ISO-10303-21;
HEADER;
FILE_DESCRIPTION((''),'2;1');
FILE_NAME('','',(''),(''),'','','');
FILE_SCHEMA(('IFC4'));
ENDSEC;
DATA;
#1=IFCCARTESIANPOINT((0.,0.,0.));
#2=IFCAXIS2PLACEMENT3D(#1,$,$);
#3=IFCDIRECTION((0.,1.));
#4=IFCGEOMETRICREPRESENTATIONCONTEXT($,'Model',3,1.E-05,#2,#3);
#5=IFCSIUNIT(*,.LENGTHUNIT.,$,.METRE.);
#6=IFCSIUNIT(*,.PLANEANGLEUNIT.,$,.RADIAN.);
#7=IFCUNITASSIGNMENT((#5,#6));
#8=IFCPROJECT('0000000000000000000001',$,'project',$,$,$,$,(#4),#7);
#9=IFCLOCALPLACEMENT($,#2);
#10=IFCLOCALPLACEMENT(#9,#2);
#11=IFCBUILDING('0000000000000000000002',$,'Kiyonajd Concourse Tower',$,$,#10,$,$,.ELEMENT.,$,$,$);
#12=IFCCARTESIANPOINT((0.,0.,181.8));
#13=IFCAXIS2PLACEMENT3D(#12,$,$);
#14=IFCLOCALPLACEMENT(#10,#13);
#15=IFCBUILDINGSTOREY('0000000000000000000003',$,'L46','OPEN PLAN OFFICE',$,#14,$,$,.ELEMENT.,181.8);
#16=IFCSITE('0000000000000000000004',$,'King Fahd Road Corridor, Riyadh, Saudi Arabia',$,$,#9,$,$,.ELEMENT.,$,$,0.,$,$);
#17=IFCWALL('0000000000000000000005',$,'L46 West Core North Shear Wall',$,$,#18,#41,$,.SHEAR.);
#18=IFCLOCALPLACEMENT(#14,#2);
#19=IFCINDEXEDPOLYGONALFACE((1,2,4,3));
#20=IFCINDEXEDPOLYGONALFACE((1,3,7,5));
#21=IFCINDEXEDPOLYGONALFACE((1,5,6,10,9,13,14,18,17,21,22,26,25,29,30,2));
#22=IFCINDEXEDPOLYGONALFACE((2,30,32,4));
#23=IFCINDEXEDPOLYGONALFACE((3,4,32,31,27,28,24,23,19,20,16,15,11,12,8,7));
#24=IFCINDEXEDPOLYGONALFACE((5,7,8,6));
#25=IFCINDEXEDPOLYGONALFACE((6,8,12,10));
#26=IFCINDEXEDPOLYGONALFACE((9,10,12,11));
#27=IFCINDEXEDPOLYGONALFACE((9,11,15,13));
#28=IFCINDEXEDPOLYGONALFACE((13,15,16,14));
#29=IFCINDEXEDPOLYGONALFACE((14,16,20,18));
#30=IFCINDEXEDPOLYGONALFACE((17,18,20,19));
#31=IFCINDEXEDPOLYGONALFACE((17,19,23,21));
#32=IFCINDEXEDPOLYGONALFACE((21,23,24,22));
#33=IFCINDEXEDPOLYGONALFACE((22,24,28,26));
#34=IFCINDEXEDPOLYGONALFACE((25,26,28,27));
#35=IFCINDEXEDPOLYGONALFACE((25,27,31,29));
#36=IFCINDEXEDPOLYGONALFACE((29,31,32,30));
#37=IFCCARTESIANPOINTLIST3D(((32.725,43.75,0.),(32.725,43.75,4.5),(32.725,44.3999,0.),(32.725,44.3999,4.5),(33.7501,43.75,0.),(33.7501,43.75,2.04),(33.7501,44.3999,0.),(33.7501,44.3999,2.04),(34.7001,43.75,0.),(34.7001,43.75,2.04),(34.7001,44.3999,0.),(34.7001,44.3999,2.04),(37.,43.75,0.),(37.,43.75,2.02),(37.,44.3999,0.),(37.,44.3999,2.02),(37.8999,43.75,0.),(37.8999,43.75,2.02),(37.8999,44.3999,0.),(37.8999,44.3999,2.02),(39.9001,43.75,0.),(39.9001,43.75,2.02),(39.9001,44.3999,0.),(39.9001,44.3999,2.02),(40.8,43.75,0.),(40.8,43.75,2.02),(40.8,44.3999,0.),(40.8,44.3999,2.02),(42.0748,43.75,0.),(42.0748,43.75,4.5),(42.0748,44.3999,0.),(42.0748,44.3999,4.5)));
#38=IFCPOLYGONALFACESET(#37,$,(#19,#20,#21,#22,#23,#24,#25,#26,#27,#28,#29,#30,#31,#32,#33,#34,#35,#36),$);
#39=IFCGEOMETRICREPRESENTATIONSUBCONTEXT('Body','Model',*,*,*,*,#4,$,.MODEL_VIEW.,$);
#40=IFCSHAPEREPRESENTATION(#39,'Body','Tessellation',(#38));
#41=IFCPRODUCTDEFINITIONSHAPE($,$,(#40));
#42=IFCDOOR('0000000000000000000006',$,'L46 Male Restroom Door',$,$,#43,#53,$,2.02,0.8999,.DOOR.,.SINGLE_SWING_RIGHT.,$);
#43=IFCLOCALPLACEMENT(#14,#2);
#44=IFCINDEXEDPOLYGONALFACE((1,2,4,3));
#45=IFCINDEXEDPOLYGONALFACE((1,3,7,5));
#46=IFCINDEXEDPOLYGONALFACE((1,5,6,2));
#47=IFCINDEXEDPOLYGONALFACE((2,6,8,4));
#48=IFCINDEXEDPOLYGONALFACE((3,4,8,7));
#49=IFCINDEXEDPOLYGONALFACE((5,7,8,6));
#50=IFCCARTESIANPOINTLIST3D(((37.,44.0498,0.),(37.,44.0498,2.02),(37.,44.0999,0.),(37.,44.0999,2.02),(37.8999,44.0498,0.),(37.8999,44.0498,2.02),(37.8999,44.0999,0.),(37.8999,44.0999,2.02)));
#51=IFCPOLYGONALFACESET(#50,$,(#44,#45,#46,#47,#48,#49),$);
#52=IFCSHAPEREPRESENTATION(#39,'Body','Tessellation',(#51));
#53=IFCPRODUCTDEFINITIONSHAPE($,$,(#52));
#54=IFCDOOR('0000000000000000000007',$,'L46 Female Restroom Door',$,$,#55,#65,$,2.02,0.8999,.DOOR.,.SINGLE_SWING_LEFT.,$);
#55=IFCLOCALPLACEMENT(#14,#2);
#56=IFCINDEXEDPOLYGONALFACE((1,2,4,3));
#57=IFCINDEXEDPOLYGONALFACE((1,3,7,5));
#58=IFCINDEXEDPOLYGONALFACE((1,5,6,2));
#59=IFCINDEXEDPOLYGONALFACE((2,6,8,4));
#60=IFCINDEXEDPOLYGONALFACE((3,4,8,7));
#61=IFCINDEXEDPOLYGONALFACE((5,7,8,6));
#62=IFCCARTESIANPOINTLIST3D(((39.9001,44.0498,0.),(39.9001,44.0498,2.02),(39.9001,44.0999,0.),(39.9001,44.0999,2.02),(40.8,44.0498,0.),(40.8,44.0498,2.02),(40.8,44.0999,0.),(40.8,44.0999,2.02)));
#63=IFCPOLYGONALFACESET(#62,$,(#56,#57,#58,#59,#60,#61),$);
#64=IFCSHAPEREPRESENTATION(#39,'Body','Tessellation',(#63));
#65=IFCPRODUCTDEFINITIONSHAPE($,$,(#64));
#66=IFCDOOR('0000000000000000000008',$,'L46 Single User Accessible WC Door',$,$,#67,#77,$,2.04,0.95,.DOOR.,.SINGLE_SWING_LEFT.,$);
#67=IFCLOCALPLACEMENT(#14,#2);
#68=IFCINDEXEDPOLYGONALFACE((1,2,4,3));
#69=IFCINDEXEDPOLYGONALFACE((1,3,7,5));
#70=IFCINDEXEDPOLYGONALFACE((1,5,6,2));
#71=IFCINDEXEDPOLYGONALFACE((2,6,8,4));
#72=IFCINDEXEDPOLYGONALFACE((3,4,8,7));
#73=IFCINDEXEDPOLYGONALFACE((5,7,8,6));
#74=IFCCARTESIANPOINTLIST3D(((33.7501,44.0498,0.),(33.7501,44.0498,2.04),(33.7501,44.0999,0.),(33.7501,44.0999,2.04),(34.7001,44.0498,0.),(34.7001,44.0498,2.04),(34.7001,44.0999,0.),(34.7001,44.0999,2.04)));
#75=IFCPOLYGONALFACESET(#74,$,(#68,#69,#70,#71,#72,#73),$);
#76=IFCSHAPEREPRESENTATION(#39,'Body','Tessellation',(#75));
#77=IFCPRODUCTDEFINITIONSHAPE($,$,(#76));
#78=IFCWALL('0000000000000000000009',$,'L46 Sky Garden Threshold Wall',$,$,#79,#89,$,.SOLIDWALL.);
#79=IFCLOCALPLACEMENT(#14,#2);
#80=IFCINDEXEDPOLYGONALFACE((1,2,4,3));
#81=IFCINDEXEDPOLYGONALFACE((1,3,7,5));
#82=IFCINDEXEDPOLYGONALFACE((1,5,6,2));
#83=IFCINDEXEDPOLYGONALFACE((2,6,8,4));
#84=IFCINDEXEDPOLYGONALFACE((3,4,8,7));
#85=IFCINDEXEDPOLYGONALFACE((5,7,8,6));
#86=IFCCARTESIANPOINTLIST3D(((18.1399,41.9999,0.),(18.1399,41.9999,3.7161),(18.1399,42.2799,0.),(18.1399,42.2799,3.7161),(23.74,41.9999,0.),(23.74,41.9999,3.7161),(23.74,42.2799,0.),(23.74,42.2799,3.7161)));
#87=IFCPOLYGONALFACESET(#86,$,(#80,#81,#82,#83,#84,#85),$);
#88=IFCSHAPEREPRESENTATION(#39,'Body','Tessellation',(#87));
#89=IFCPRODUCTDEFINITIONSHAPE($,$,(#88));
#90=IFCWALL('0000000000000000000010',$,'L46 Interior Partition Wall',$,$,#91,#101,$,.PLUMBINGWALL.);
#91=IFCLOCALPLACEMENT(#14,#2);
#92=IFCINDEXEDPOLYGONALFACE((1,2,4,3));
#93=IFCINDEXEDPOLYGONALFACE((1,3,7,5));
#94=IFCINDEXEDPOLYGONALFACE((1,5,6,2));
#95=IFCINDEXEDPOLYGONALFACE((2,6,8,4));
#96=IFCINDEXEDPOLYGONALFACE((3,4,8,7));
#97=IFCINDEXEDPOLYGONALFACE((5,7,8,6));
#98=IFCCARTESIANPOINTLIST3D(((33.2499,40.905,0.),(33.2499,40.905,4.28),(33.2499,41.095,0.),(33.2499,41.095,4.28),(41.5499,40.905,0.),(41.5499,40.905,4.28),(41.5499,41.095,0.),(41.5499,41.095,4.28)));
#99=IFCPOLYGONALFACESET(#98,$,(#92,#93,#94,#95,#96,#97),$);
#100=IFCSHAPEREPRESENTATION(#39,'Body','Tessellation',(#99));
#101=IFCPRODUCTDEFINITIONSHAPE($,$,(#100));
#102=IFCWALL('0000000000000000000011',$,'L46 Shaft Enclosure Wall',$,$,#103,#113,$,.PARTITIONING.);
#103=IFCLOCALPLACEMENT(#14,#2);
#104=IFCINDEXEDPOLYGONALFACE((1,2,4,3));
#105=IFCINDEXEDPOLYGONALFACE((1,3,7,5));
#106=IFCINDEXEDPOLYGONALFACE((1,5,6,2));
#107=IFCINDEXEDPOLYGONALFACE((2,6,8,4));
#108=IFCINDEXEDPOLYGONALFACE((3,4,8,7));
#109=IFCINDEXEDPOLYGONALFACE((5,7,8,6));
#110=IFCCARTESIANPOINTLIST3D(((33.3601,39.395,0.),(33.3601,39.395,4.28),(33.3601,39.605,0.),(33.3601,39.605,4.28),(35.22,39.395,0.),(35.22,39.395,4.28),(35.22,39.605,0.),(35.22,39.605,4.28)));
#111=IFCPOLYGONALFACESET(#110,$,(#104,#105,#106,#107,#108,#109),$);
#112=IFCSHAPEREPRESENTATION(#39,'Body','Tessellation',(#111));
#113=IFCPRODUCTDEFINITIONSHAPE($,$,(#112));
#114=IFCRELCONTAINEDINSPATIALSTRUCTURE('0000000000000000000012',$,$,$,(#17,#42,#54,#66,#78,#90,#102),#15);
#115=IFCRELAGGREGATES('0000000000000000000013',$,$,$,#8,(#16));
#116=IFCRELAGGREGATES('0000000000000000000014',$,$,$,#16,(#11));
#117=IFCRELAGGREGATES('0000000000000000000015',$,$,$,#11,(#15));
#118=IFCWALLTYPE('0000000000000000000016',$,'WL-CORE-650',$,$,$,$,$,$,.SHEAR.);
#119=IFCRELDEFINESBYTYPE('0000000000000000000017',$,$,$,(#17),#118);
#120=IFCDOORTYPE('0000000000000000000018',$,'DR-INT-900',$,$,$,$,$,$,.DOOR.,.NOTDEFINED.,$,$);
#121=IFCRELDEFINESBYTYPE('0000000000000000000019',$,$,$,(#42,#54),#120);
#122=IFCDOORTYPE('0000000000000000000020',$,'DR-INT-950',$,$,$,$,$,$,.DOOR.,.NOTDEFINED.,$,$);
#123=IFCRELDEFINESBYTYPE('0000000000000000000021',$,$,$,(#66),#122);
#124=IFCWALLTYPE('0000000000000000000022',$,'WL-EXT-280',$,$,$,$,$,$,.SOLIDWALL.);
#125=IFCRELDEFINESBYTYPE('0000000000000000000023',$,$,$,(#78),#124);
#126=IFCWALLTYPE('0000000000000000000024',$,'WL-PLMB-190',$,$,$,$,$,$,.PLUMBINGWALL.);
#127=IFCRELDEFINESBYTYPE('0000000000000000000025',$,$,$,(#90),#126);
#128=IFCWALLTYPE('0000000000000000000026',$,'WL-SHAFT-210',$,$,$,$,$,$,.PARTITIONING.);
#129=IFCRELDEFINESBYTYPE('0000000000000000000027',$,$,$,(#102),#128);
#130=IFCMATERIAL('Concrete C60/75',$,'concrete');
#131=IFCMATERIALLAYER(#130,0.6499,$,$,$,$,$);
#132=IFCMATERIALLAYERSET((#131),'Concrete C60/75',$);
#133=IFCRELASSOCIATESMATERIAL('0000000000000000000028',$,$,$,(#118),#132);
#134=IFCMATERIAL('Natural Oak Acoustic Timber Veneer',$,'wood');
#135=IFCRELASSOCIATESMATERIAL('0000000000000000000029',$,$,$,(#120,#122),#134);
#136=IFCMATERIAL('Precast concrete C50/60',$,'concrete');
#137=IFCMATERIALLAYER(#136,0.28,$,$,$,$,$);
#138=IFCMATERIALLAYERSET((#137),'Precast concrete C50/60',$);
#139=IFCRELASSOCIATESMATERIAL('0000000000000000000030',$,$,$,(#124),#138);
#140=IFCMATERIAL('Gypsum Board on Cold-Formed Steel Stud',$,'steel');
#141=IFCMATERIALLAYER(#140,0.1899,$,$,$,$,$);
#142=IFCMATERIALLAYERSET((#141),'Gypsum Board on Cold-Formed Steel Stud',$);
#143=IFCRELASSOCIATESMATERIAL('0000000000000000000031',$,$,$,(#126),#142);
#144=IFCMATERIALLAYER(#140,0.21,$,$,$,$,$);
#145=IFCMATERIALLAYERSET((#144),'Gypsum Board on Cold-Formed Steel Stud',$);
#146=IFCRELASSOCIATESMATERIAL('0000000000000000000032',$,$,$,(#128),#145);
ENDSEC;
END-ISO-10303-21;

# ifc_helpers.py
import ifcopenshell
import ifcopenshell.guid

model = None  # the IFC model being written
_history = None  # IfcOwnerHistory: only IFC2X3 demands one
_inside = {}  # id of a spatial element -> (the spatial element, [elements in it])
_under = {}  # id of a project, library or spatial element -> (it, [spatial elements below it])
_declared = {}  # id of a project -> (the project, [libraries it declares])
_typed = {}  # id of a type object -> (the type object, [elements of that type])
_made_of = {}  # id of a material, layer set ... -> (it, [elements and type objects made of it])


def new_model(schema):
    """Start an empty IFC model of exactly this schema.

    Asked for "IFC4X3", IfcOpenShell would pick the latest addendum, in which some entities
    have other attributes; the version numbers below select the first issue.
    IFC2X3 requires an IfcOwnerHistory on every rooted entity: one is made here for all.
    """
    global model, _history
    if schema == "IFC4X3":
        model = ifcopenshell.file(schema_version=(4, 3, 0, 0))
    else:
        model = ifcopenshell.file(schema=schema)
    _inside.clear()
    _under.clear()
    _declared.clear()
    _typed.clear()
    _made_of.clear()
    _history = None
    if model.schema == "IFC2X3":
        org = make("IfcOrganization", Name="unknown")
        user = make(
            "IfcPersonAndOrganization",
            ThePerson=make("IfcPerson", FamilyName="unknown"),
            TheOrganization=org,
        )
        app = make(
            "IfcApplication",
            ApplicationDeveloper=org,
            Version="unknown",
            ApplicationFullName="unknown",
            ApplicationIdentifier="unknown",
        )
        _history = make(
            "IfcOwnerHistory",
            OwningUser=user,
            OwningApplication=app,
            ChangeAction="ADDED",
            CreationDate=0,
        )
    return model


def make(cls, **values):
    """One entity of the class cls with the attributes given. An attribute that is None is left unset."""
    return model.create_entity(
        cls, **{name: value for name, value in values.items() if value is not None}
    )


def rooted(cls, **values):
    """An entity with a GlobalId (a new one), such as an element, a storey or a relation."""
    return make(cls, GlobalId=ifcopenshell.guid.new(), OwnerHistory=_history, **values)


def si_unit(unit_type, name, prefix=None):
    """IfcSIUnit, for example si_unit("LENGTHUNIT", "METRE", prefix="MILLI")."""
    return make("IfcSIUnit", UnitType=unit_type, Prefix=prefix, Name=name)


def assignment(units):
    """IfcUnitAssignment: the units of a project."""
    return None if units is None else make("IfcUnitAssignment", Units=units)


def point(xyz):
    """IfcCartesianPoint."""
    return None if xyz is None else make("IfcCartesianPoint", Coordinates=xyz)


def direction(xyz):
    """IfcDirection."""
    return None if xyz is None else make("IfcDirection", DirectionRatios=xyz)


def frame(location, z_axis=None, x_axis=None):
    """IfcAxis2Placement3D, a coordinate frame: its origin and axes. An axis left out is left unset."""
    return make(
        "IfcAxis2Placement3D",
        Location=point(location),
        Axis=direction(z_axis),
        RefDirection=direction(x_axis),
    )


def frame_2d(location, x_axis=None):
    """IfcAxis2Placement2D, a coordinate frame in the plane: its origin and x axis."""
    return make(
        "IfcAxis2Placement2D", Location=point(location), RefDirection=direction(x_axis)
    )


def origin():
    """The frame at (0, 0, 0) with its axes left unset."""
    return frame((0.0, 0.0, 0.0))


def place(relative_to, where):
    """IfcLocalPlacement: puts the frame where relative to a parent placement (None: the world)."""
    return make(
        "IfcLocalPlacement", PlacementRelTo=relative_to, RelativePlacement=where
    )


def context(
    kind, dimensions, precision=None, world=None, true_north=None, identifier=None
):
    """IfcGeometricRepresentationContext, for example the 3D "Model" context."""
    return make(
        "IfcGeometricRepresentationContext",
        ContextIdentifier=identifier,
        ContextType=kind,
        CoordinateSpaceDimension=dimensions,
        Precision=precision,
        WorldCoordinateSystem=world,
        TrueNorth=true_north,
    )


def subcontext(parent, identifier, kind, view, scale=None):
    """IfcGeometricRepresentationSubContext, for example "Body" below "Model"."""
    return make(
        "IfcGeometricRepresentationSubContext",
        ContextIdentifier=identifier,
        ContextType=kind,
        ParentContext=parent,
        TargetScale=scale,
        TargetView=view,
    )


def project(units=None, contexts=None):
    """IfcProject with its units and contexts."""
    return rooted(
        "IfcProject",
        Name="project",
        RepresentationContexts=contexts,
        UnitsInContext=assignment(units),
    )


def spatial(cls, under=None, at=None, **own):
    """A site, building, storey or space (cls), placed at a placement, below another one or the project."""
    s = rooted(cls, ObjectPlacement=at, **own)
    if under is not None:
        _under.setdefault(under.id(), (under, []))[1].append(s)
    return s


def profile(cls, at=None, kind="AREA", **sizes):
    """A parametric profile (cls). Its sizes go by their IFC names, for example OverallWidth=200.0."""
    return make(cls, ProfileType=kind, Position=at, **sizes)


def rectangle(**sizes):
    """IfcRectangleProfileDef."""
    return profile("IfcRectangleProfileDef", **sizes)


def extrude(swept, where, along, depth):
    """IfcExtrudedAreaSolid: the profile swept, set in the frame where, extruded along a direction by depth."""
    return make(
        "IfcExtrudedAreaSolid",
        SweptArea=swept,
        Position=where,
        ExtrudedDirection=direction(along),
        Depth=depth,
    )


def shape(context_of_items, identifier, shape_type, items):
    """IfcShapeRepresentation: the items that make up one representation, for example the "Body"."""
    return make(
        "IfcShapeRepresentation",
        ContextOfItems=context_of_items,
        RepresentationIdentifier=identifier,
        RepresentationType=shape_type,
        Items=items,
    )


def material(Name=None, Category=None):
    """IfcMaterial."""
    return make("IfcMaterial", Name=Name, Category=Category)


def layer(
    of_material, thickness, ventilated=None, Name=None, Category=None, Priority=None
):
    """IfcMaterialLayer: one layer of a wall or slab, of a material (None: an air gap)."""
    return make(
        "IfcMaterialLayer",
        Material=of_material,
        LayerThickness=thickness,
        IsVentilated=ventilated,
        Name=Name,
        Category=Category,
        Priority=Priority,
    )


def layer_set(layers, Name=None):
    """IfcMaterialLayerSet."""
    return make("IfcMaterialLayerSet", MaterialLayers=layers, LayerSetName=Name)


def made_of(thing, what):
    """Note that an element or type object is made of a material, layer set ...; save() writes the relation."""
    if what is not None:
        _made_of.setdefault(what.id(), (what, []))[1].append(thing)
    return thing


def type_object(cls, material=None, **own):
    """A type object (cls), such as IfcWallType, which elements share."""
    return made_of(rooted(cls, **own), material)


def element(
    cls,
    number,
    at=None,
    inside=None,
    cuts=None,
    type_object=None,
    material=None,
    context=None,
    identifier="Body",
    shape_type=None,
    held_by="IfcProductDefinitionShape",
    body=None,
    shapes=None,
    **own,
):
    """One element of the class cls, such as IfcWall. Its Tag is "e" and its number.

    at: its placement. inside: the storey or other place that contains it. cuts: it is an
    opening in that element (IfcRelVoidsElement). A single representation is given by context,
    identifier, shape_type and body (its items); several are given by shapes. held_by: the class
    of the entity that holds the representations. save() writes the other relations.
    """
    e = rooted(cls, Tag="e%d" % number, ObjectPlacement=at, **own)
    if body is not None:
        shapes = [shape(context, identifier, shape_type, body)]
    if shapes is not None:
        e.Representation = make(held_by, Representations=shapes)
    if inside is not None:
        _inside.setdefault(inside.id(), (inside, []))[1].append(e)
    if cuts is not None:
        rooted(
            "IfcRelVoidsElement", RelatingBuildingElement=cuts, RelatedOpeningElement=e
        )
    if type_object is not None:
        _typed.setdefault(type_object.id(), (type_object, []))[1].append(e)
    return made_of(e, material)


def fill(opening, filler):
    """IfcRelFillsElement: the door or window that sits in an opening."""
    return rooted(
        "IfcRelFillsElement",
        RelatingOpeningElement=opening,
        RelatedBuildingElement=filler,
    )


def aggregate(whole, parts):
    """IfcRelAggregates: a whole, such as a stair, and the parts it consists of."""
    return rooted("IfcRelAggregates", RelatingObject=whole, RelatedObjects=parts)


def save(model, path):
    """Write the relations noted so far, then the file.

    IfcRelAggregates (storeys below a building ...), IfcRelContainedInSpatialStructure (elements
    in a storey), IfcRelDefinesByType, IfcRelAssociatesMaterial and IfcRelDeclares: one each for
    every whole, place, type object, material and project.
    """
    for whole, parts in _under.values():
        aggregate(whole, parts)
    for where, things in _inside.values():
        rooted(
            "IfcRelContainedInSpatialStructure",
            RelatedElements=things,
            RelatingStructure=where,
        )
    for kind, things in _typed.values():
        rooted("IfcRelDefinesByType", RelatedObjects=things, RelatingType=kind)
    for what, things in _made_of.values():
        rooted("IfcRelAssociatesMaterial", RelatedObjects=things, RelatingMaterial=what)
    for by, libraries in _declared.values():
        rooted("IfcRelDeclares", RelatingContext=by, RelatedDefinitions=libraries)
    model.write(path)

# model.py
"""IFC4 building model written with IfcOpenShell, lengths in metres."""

from ifc_helpers import new_model, si_unit, direction, frame, frame_2d, origin, place, context, subcontext, project, spatial, rectangle, extrude, material, layer, layer_set, type_object, element, fill, save


model = new_model("IFC4")

# Units and contexts
model_context = context("Model", 3, precision=1e-05, world=origin(), true_north=direction((0.0, 1.0)))
body_context = subcontext(model_context, "Body", "Model", "MODEL_VIEW")
ifc_project = project(units=[si_unit("LENGTHUNIT", "METRE"), si_unit("PLANEANGLEUNIT", "RADIAN")], contexts=[model_context])

# Site, building, storey
site_placement = place(None, origin())
site = spatial("IfcSite", under=ifc_project, at=site_placement, Name="King Fahd Road Corridor, Riyadh, Saudi Arabia", CompositionType="ELEMENT", RefElevation=0.0)
building_placement = place(site_placement, origin())
building = spatial("IfcBuilding", under=site, at=building_placement, Name="Kiyonajd Concourse Tower", CompositionType="ELEMENT")
storey_placement = place(building_placement, frame((0.0, 0.0, 181.8)))
storey = spatial("IfcBuildingStorey", under=building, at=storey_placement, Name="L46", Description="OPEN PLAN OFFICE", CompositionType="ELEMENT", Elevation=181.8)

# Wall, openings, doors
ifc_material_1 = material(Name="Concrete C60/75", Category="concrete")
ifc_layer_1 = layer(ifc_material_1, 0.6499)
ifc_layer_set_1 = layer_set([ifc_layer_1], Name="Concrete C60/75")
wall_type_1 = type_object("IfcWallType", Name="WL-CORE-650", PredefinedType="SHEAR", material=ifc_layer_set_1)
wall_1_placement = place(storey_placement, frame((32.7251, 44.075, 0.0), z_axis=(0.0, 0.0, 1.0), x_axis=(1.0, 0.0, 0.0)))
wall_1 = element("IfcWall", 1, at=wall_1_placement, inside=storey, type_object=wall_type_1, Name="L46 West Core North Shear Wall", PredefinedType="SHEAR", context=body_context, shape_type="SweptSolid", body=[
    extrude(rectangle(XDim=9.3499, YDim=0.6499, at=frame_2d((4.6748, 0.0))), origin(), (0.0, 0.0, 1.0), 4.5),
])
opening_1_placement = place(wall_1_placement, frame((1.0249, 0.0, 0.0)))
opening_1 = element("IfcOpeningElement", 2, at=opening_1_placement, cuts=wall_1, PredefinedType="OPENING", context=body_context, shape_type="SweptSolid", body=[
    extrude(rectangle(XDim=0.95, YDim=2.04, at=frame_2d((0.4751, 1.02))), frame((0.0, 0.335, 0.0), z_axis=(0.0, -1.0, 0.0), x_axis=(1.0, 0.0, 0.0)), (0.0, 0.0, 1.0), 0.6699),
])
opening_2_placement = place(wall_1_placement, frame((4.2749, 0.0, 0.0)))
opening_2 = element("IfcOpeningElement", 3, at=opening_2_placement, cuts=wall_1, PredefinedType="OPENING", context=body_context, shape_type="SweptSolid", body=[
    extrude(rectangle(XDim=0.8999, YDim=2.02, at=frame_2d((0.45, 1.01))), frame((0.0, 0.335, 0.0), z_axis=(0.0, -1.0, 0.0), x_axis=(1.0, 0.0, 0.0)), (0.0, 0.0, 1.0), 0.6699),
])
opening_3_placement = place(wall_1_placement, frame((7.175, 0.0, 0.0)))
opening_3 = element("IfcOpeningElement", 4, at=opening_3_placement, cuts=wall_1, PredefinedType="OPENING", context=body_context, shape_type="SweptSolid", body=[
    extrude(rectangle(XDim=0.8999, YDim=2.02, at=frame_2d((0.45, 1.01))), frame((0.0, 0.335, 0.0), z_axis=(0.0, -1.0, 0.0), x_axis=(1.0, 0.0, 0.0)), (0.0, 0.0, 1.0), 0.6699),
])
ifc_material_2 = material(Name="Natural Oak Acoustic Timber Veneer", Category="wood")
door_type_1 = type_object("IfcDoorType", Name="DR-INT-900", OperationType="NOTDEFINED", PredefinedType="DOOR", material=ifc_material_2)
door_1_placement = place(opening_2_placement, origin())
door_1 = element("IfcDoor", 5, at=door_1_placement, inside=storey, type_object=door_type_1, Name="L46 Male Restroom Door", OperationType="SINGLE_SWING_RIGHT", OverallHeight=2.02, OverallWidth=0.8999, PredefinedType="DOOR", context=body_context, shape_type="SweptSolid", body=[
    extrude(rectangle(XDim=0.8999, YDim=2.02, at=frame_2d((0.45, 1.01))), frame((0.0, 0.0249, 0.0), z_axis=(0.0, -1.0, 0.0), x_axis=(1.0, 0.0, 0.0)), (0.0, 0.0, 1.0), 0.05),
])
fill(opening_2, door_1)
door_2_placement = place(opening_3_placement, origin())
door_2 = element("IfcDoor", 6, at=door_2_placement, inside=storey, type_object=door_type_1, Name="L46 Female Restroom Door", OperationType="SINGLE_SWING_LEFT", OverallHeight=2.02, OverallWidth=0.8999, PredefinedType="DOOR", context=body_context, shape_type="SweptSolid", body=[
    extrude(rectangle(XDim=0.8999, YDim=2.02, at=frame_2d((0.45, 1.01))), frame((0.0, 0.0249, 0.0), z_axis=(0.0, -1.0, 0.0), x_axis=(1.0, 0.0, 0.0)), (0.0, 0.0, 1.0), 0.05),
])
fill(opening_3, door_2)
door_type_2 = type_object("IfcDoorType", Name="DR-INT-950", OperationType="NOTDEFINED", PredefinedType="DOOR", material=ifc_material_2)
door_3_placement = place(opening_1_placement, origin())
door_3 = element("IfcDoor", 7, at=door_3_placement, inside=storey, type_object=door_type_2, Name="L46 Single User Accessible WC Door", OperationType="SINGLE_SWING_LEFT", OverallHeight=2.04, OverallWidth=0.95, PredefinedType="DOOR", context=body_context, shape_type="SweptSolid", body=[
    extrude(rectangle(XDim=0.95, YDim=2.04, at=frame_2d((0.4751, 1.02))), frame((0.0, 0.0249, 0.0), z_axis=(0.0, -1.0, 0.0), x_axis=(1.0, 0.0, 0.0)), (0.0, 0.0, 1.0), 0.05),
])
fill(opening_1, door_3)

# Walls
ifc_material_3 = material(Name="Precast concrete C50/60", Category="concrete")
ifc_layer_2 = layer(ifc_material_3, 0.28)
ifc_layer_set_2 = layer_set([ifc_layer_2], Name="Precast concrete C50/60")
wall_type_2 = type_object("IfcWallType", Name="WL-EXT-280", PredefinedType="SOLIDWALL", material=ifc_layer_set_2)
wall_2_placement = place(storey_placement, frame((23.74, 42.1399, 0.0), z_axis=(0.0, 0.0, 1.0), x_axis=(-1.0, 0.0, 0.0)))
element("IfcWall", 8, at=wall_2_placement, inside=storey, type_object=wall_type_2, Name="L46 Sky Garden Threshold Wall", PredefinedType="SOLIDWALL", context=body_context, shape_type="SweptSolid", body=[
    extrude(rectangle(XDim=5.6001, YDim=0.28, at=frame_2d((2.8, 0.0))), origin(), (0.0, 0.0, 1.0), 3.7161),
])
ifc_material_4 = material(Name="Gypsum Board on Cold-Formed Steel Stud", Category="steel")
ifc_layer_3 = layer(ifc_material_4, 0.1899)
ifc_layer_set_3 = layer_set([ifc_layer_3], Name="Gypsum Board on Cold-Formed Steel Stud")
wall_type_3 = type_object("IfcWallType", Name="WL-PLMB-190", PredefinedType="PLUMBINGWALL", material=ifc_layer_set_3)
wall_3_placement = place(storey_placement, frame((33.25, 41.0, 0.0), z_axis=(0.0, 0.0, 1.0), x_axis=(1.0, 0.0, 0.0)))
element("IfcWall", 9, at=wall_3_placement, inside=storey, type_object=wall_type_3, Name="L46 Interior Partition Wall", PredefinedType="PLUMBINGWALL", context=body_context, shape_type="SweptSolid", body=[
    extrude(rectangle(XDim=8.3, YDim=0.1899, at=frame_2d((4.1499, 0.0))), origin(), (0.0, 0.0, 1.0), 4.28),
])
ifc_layer_4 = layer(ifc_material_4, 0.21)
ifc_layer_set_4 = layer_set([ifc_layer_4], Name="Gypsum Board on Cold-Formed Steel Stud")
wall_type_4 = type_object("IfcWallType", Name="WL-SHAFT-210", PredefinedType="PARTITIONING", material=ifc_layer_set_4)
wall_4_placement = place(storey_placement, frame((33.3601, 39.5, 0.0), z_axis=(0.0, 0.0, 1.0), x_axis=(1.0, 0.0, 0.0)))
element("IfcWall", 10, at=wall_4_placement, inside=storey, type_object=wall_type_4, Name="L46 Shaft Enclosure Wall", PredefinedType="PARTITIONING", context=body_context, shape_type="SweptSolid", body=[
    extrude(rectangle(XDim=1.8599, YDim=0.21, at=frame_2d((0.9299, 0.0))), origin(), (0.0, 0.0, 1.0), 4.28),
])

save(model, "model.ifc")
